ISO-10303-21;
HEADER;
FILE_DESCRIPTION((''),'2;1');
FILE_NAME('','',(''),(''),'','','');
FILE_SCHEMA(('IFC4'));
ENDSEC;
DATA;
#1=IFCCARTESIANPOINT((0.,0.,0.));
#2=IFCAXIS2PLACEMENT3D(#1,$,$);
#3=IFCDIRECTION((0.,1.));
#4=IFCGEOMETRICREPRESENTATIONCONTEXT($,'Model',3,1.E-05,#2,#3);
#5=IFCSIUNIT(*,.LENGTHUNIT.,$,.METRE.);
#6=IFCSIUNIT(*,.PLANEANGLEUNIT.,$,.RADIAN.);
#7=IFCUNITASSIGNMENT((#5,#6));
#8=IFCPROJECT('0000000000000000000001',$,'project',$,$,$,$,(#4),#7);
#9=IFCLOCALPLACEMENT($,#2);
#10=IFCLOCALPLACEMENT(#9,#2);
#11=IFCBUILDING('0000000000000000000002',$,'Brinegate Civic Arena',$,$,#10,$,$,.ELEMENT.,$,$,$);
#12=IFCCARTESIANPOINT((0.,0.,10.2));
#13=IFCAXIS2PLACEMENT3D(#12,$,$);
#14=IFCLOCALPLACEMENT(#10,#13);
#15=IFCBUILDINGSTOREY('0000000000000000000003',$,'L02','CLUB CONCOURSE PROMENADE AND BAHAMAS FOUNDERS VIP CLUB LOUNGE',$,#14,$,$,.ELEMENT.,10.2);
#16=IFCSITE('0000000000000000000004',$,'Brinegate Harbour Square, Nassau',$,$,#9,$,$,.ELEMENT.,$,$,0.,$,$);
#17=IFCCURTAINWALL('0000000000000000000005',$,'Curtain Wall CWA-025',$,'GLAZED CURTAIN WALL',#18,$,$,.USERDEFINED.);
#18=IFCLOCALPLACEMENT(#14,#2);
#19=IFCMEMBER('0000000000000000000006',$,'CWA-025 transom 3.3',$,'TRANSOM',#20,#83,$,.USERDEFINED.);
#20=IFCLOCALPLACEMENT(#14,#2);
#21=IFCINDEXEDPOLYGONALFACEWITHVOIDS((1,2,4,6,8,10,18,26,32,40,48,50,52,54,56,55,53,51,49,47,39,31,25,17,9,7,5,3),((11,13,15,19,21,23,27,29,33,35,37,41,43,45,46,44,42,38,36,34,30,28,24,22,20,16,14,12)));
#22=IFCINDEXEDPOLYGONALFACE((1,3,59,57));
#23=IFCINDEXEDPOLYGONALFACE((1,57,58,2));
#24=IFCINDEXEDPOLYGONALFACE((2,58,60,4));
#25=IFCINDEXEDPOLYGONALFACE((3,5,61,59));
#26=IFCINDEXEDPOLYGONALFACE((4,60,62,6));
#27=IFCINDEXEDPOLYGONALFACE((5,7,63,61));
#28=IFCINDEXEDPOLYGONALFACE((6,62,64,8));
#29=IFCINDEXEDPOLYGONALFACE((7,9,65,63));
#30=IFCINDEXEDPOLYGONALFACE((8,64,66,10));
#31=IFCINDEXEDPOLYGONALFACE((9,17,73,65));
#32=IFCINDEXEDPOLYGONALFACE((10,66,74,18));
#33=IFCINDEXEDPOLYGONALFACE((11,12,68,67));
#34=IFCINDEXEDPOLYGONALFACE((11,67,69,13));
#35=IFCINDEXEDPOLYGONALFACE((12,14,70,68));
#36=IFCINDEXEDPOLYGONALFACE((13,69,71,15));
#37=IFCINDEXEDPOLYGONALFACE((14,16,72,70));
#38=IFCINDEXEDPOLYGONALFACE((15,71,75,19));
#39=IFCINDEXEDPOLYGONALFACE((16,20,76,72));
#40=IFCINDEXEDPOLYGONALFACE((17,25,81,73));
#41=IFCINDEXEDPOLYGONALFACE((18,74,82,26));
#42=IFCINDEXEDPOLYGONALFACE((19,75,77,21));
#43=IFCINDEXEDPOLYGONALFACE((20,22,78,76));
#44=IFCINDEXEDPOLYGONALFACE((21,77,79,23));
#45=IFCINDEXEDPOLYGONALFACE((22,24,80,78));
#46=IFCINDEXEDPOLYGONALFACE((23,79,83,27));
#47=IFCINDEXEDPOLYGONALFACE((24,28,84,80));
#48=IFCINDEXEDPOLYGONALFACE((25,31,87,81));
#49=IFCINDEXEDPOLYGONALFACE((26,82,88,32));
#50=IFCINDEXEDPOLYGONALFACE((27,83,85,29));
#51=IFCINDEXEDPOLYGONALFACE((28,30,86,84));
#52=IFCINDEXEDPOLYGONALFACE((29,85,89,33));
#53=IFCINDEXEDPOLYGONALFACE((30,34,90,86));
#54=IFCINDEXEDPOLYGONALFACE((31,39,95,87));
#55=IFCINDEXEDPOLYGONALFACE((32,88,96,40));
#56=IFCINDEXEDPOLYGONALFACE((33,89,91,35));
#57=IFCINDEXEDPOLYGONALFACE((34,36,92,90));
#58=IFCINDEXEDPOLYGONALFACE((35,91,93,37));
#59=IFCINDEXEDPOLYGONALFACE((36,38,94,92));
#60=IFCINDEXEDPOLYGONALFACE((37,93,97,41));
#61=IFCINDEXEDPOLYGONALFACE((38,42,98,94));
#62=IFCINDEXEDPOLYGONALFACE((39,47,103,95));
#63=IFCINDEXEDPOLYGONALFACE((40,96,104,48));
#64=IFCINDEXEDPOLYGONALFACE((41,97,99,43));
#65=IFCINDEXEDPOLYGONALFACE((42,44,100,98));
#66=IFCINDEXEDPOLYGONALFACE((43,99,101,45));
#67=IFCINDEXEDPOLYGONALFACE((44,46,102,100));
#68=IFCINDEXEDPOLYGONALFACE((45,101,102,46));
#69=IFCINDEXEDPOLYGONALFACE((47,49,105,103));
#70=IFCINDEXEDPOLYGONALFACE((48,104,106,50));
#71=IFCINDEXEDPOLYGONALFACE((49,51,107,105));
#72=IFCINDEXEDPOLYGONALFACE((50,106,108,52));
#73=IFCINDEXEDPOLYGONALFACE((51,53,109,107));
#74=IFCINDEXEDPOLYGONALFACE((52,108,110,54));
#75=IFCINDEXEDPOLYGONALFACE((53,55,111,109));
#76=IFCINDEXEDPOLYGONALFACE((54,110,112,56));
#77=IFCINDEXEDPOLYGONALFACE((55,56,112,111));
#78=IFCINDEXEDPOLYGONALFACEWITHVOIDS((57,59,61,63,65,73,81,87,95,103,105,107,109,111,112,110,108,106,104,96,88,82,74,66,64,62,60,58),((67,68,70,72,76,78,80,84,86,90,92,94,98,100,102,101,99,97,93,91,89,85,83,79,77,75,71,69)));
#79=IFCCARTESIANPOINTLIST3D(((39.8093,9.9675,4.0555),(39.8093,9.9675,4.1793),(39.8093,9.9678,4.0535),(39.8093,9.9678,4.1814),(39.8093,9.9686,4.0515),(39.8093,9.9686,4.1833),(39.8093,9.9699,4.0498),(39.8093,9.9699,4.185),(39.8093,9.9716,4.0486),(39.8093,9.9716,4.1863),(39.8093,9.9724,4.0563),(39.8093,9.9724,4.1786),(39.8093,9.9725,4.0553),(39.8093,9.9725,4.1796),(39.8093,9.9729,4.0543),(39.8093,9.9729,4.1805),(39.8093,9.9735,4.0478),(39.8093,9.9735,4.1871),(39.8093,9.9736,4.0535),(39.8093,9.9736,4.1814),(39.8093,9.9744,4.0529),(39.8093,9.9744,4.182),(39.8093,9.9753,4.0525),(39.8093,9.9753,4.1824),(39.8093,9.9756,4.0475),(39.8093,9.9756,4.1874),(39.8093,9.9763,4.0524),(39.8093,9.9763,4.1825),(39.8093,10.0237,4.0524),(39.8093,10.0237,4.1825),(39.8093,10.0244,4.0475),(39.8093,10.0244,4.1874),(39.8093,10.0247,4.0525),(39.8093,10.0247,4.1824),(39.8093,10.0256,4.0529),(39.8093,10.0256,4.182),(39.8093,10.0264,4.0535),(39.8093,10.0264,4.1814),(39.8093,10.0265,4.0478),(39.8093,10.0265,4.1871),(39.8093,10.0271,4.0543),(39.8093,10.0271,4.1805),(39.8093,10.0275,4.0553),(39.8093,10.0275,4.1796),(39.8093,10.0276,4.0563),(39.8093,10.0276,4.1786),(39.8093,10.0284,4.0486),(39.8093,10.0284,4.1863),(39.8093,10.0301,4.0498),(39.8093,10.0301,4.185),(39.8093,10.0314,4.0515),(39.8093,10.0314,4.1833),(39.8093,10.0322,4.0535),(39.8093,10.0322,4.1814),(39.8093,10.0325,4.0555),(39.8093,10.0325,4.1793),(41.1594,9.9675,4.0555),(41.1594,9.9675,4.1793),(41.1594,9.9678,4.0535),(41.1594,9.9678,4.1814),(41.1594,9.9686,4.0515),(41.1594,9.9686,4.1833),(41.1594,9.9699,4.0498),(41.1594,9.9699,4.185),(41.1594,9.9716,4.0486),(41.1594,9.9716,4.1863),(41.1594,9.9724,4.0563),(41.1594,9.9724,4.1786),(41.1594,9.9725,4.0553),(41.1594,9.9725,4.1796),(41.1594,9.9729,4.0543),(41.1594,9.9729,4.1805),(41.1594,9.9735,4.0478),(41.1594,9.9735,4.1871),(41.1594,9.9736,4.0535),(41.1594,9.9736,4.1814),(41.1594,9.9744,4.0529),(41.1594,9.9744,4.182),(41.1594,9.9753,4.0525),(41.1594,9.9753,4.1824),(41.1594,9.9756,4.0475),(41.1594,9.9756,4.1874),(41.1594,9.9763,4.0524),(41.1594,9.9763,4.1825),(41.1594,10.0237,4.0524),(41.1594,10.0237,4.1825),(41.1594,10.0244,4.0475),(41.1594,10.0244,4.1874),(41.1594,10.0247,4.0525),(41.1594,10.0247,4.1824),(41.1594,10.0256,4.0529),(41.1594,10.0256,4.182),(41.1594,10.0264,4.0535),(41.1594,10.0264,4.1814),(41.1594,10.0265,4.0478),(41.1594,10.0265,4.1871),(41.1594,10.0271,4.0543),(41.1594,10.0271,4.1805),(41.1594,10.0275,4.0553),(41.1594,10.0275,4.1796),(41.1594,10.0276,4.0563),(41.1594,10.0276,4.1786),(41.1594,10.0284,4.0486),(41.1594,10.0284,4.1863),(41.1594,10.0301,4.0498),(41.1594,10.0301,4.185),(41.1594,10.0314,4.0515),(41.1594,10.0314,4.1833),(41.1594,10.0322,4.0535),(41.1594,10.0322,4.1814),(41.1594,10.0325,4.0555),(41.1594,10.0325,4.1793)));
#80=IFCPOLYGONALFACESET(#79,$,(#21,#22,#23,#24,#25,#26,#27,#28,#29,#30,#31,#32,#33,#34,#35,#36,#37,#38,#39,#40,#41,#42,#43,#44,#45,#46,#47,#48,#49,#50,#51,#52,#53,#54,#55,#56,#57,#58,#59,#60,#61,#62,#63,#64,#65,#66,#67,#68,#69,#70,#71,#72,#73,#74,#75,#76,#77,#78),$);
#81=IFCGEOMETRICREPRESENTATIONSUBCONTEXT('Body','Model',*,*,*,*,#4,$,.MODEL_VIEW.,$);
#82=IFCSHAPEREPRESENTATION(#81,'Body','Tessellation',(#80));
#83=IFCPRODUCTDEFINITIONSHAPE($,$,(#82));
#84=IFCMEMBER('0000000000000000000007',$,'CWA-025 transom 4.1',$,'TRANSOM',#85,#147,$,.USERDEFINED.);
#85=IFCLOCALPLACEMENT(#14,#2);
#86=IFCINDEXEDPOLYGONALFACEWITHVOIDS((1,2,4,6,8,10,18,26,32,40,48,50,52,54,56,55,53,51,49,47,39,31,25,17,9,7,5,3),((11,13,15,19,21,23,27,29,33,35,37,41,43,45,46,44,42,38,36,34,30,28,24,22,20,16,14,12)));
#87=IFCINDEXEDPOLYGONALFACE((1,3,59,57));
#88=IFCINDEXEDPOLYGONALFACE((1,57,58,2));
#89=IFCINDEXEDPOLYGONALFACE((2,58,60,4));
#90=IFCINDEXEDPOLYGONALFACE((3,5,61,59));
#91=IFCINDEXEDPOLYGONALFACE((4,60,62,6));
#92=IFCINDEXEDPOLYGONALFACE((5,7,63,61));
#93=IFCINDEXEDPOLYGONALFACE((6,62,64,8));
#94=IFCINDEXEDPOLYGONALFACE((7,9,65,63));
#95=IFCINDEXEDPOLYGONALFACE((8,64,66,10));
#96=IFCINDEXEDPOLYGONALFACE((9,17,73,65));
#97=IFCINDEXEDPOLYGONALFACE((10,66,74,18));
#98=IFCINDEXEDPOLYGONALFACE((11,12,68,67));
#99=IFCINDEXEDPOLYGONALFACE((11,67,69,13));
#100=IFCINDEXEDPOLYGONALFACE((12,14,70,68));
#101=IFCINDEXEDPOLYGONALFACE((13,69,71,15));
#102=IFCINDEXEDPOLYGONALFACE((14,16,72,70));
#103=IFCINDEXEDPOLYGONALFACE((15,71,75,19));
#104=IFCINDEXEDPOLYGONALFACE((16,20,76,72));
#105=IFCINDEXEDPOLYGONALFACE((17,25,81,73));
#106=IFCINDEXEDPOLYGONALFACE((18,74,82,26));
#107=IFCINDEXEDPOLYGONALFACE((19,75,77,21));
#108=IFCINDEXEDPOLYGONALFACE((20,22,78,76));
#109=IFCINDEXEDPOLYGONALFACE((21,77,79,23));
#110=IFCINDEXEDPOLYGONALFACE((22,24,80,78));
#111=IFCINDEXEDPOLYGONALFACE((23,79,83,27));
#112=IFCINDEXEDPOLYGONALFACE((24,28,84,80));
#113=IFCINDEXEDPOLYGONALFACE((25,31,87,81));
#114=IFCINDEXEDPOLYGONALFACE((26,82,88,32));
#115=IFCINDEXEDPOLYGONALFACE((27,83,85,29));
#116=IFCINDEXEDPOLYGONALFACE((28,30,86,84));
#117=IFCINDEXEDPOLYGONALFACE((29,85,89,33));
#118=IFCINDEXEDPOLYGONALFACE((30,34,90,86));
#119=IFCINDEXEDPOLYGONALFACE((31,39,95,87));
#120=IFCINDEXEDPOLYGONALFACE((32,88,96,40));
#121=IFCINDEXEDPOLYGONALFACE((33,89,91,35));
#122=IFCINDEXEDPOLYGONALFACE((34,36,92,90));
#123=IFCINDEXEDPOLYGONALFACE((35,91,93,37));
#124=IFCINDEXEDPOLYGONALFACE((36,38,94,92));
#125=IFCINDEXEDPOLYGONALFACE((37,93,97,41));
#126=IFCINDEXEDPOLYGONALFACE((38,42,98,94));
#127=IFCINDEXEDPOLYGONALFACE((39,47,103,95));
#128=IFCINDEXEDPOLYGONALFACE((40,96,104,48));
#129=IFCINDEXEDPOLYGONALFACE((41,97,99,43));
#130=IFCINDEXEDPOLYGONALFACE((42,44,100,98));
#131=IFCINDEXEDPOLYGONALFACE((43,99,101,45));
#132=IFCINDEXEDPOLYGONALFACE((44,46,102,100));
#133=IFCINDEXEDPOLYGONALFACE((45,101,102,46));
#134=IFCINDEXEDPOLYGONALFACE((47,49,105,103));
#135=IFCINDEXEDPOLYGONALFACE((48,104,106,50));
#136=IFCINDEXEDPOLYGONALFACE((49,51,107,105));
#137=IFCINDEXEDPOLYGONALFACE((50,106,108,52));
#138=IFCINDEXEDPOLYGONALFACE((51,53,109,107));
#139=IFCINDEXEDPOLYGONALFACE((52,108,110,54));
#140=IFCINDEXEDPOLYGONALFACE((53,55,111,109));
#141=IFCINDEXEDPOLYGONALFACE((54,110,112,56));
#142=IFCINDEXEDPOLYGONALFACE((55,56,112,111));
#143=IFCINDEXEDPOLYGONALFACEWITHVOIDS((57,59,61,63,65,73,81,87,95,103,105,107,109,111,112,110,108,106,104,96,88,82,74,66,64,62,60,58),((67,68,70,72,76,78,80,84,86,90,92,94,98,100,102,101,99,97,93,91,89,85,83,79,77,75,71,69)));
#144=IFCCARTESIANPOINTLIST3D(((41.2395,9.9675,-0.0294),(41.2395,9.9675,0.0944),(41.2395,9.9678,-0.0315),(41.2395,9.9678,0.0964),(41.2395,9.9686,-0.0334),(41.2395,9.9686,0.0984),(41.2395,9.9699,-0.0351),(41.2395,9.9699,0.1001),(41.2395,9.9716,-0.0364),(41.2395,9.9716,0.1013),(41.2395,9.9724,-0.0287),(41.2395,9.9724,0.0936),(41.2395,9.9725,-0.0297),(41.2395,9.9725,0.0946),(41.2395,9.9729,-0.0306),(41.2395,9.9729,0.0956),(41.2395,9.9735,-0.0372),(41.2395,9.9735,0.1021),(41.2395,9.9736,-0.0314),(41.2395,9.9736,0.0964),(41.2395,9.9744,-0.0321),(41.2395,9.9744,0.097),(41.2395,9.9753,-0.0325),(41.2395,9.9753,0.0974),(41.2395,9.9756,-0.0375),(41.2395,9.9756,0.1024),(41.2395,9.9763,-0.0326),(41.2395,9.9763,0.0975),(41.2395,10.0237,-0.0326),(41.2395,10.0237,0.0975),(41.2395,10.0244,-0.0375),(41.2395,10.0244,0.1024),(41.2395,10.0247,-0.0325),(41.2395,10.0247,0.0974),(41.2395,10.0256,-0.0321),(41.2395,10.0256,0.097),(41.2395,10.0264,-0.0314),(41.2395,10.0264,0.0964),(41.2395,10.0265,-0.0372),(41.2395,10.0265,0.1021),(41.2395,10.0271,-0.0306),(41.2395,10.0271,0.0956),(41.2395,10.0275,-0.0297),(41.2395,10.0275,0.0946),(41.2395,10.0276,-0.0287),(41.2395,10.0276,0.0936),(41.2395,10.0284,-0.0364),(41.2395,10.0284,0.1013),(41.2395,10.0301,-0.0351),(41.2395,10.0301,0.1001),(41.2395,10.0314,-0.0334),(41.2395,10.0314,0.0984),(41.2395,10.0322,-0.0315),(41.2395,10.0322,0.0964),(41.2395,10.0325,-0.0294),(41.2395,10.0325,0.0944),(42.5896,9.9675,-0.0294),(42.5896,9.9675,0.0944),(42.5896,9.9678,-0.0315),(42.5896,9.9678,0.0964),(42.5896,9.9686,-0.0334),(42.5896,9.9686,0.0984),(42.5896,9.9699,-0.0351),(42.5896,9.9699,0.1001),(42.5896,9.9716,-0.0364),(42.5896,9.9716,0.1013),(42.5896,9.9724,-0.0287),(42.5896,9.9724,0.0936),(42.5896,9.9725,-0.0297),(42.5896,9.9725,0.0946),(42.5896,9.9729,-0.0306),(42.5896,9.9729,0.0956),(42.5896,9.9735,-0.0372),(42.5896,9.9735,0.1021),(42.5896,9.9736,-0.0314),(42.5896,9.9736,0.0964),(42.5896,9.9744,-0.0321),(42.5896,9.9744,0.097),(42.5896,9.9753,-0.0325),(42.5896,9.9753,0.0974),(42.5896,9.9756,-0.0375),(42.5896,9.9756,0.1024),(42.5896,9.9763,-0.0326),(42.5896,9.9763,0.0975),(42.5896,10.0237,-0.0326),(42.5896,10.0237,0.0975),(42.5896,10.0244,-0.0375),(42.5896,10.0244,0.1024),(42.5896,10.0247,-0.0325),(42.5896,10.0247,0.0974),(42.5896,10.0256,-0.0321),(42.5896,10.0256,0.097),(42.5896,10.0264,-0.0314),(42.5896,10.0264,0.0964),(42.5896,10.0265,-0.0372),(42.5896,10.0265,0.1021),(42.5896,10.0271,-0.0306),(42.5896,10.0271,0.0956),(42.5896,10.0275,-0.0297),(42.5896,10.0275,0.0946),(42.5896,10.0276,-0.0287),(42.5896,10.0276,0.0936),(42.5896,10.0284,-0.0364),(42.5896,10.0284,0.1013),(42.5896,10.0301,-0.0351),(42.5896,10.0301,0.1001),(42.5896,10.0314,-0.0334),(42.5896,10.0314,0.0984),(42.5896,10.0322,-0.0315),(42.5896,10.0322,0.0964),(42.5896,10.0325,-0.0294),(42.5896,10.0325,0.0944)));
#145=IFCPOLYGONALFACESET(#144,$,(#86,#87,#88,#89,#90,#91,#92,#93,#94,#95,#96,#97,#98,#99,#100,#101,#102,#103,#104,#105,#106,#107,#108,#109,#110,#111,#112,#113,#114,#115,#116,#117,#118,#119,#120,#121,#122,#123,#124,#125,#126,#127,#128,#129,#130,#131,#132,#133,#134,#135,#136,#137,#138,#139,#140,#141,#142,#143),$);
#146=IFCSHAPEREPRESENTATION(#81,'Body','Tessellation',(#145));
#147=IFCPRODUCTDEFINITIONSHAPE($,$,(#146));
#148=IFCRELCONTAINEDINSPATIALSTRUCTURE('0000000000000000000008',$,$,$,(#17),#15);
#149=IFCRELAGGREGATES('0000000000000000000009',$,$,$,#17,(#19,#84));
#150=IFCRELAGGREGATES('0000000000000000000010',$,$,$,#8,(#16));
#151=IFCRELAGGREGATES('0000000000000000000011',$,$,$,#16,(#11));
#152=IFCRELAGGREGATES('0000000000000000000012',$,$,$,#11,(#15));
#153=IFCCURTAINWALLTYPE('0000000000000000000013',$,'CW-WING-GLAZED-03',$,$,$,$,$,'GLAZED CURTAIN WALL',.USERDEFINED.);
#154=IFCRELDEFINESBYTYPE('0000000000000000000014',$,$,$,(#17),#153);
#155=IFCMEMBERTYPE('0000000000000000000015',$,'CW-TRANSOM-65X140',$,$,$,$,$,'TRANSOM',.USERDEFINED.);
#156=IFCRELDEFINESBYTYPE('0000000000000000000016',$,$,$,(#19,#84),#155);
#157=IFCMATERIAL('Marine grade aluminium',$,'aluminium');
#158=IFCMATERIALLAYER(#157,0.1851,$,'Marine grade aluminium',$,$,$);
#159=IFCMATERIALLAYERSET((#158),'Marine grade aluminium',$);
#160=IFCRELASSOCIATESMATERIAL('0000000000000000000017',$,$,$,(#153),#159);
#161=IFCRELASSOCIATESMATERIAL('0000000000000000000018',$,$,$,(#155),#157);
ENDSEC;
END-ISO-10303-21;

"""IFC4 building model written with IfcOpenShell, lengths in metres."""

from ifc_helpers import new_model, si_unit, direction, frame, origin, origin_2d, place, context, subcontext, project, spatial, hollow_rectangle, extrude, material, layer, layer_set, material_profile, profile_set, type_object, element, aggregate, save


model = new_model("IFC4")

# Units and contexts
model_context = context("Model", 3, precision=1e-05, world=origin(), true_north=direction((0.0, 1.0)))
body_context = subcontext(model_context, "Body", "Model", "MODEL_VIEW")
ifc_project = project(units=[si_unit("LENGTHUNIT", "METRE"), si_unit("PLANEANGLEUNIT", "RADIAN")], contexts=[model_context])

# Site, building, storey
site_placement = place(None, origin())
site = spatial("IfcSite", under=ifc_project, at=site_placement, Name="Brinegate Harbour Square, Nassau", CompositionType="ELEMENT", RefElevation=0.0)
building_placement = place(site_placement, origin())
building = spatial("IfcBuilding", under=site, at=building_placement, Name="Brinegate Civic Arena", CompositionType="ELEMENT")
storey_placement = place(building_placement, frame((0.0, 0.0, 10.2)))
storey = spatial("IfcBuildingStorey", under=building, at=storey_placement, Name="L02", Description="CLUB CONCOURSE PROMENADE AND BAHAMAS FOUNDERS VIP CLUB LOUNGE", CompositionType="ELEMENT", Elevation=10.2)

# Curtain wall, members
ifc_material_1 = material(Name="Marine grade aluminium", Category="aluminium")
ifc_layer_1 = layer(ifc_material_1, 0.1851, Name="Marine grade aluminium")
ifc_layer_set_1 = layer_set([ifc_layer_1], Name="Marine grade aluminium")
curtain_wall_type = type_object("IfcCurtainWallType", Name="CW-WING-GLAZED-03", ElementType="GLAZED CURTAIN WALL", PredefinedType="USERDEFINED", material=ifc_layer_set_1)
curtain_wall_1_placement = place(storey_placement, origin())
curtain_wall_1 = element("IfcCurtainWall", 1, at=curtain_wall_1_placement, inside=storey, type_object=curtain_wall_type, Name="Curtain Wall CWA-025", ObjectType="GLAZED CURTAIN WALL", PredefinedType="USERDEFINED")
ifc_material_profile_1 = material_profile(ifc_material_1, hollow_rectangle(XDim=0.0649, YDim=0.1399, WallThickness=0.0049, InnerFilletRadius=0.0039, OuterFilletRadius=0.0081, at=origin_2d()), Name="TRN65X140")
ifc_profile_set_1 = profile_set([ifc_material_profile_1], Name="Marine grade aluminium")
member_type_1 = type_object("IfcMemberType", Name="CW-TRANSOM-65X140", ElementType="TRANSOM", PredefinedType="USERDEFINED", material=ifc_profile_set_1)
member_1_placement = place(storey_placement, frame((39.8093, 10.0, 4.1174), z_axis=(1.0, 0.0, 0.0), x_axis=(0.0, 1.0, 0.0)))
member_1 = element("IfcMember", 2, at=member_1_placement, type_object=member_type_1, Name="CWA-025 transom 3.3", ObjectType="TRANSOM", PredefinedType="USERDEFINED", context=body_context, shape_type="SweptSolid", body=[
    extrude(hollow_rectangle(XDim=0.0649, YDim=0.1399, WallThickness=0.0049, InnerFilletRadius=0.0039, OuterFilletRadius=0.0081, at=origin_2d()), origin(), (0.0, 0.0, 1.0), 1.3501),
])
member_2_placement = place(storey_placement, frame((41.2395, 10.0, 0.0325), z_axis=(1.0, 0.0, 0.0), x_axis=(0.0, 1.0, 0.0)))
member_2 = element("IfcMember", 3, at=member_2_placement, type_object=member_type_1, Name="CWA-025 transom 4.1", ObjectType="TRANSOM", PredefinedType="USERDEFINED", context=body_context, shape_type="SweptSolid", body=[
    extrude(hollow_rectangle(XDim=0.0649, YDim=0.1399, WallThickness=0.0049, InnerFilletRadius=0.0039, OuterFilletRadius=0.0081, at=origin_2d()), origin(), (0.0, 0.0, 1.0), 1.3501),
])

aggregate(curtain_wall_1, [member_1, member_2])

save(model, "model.ifc")
